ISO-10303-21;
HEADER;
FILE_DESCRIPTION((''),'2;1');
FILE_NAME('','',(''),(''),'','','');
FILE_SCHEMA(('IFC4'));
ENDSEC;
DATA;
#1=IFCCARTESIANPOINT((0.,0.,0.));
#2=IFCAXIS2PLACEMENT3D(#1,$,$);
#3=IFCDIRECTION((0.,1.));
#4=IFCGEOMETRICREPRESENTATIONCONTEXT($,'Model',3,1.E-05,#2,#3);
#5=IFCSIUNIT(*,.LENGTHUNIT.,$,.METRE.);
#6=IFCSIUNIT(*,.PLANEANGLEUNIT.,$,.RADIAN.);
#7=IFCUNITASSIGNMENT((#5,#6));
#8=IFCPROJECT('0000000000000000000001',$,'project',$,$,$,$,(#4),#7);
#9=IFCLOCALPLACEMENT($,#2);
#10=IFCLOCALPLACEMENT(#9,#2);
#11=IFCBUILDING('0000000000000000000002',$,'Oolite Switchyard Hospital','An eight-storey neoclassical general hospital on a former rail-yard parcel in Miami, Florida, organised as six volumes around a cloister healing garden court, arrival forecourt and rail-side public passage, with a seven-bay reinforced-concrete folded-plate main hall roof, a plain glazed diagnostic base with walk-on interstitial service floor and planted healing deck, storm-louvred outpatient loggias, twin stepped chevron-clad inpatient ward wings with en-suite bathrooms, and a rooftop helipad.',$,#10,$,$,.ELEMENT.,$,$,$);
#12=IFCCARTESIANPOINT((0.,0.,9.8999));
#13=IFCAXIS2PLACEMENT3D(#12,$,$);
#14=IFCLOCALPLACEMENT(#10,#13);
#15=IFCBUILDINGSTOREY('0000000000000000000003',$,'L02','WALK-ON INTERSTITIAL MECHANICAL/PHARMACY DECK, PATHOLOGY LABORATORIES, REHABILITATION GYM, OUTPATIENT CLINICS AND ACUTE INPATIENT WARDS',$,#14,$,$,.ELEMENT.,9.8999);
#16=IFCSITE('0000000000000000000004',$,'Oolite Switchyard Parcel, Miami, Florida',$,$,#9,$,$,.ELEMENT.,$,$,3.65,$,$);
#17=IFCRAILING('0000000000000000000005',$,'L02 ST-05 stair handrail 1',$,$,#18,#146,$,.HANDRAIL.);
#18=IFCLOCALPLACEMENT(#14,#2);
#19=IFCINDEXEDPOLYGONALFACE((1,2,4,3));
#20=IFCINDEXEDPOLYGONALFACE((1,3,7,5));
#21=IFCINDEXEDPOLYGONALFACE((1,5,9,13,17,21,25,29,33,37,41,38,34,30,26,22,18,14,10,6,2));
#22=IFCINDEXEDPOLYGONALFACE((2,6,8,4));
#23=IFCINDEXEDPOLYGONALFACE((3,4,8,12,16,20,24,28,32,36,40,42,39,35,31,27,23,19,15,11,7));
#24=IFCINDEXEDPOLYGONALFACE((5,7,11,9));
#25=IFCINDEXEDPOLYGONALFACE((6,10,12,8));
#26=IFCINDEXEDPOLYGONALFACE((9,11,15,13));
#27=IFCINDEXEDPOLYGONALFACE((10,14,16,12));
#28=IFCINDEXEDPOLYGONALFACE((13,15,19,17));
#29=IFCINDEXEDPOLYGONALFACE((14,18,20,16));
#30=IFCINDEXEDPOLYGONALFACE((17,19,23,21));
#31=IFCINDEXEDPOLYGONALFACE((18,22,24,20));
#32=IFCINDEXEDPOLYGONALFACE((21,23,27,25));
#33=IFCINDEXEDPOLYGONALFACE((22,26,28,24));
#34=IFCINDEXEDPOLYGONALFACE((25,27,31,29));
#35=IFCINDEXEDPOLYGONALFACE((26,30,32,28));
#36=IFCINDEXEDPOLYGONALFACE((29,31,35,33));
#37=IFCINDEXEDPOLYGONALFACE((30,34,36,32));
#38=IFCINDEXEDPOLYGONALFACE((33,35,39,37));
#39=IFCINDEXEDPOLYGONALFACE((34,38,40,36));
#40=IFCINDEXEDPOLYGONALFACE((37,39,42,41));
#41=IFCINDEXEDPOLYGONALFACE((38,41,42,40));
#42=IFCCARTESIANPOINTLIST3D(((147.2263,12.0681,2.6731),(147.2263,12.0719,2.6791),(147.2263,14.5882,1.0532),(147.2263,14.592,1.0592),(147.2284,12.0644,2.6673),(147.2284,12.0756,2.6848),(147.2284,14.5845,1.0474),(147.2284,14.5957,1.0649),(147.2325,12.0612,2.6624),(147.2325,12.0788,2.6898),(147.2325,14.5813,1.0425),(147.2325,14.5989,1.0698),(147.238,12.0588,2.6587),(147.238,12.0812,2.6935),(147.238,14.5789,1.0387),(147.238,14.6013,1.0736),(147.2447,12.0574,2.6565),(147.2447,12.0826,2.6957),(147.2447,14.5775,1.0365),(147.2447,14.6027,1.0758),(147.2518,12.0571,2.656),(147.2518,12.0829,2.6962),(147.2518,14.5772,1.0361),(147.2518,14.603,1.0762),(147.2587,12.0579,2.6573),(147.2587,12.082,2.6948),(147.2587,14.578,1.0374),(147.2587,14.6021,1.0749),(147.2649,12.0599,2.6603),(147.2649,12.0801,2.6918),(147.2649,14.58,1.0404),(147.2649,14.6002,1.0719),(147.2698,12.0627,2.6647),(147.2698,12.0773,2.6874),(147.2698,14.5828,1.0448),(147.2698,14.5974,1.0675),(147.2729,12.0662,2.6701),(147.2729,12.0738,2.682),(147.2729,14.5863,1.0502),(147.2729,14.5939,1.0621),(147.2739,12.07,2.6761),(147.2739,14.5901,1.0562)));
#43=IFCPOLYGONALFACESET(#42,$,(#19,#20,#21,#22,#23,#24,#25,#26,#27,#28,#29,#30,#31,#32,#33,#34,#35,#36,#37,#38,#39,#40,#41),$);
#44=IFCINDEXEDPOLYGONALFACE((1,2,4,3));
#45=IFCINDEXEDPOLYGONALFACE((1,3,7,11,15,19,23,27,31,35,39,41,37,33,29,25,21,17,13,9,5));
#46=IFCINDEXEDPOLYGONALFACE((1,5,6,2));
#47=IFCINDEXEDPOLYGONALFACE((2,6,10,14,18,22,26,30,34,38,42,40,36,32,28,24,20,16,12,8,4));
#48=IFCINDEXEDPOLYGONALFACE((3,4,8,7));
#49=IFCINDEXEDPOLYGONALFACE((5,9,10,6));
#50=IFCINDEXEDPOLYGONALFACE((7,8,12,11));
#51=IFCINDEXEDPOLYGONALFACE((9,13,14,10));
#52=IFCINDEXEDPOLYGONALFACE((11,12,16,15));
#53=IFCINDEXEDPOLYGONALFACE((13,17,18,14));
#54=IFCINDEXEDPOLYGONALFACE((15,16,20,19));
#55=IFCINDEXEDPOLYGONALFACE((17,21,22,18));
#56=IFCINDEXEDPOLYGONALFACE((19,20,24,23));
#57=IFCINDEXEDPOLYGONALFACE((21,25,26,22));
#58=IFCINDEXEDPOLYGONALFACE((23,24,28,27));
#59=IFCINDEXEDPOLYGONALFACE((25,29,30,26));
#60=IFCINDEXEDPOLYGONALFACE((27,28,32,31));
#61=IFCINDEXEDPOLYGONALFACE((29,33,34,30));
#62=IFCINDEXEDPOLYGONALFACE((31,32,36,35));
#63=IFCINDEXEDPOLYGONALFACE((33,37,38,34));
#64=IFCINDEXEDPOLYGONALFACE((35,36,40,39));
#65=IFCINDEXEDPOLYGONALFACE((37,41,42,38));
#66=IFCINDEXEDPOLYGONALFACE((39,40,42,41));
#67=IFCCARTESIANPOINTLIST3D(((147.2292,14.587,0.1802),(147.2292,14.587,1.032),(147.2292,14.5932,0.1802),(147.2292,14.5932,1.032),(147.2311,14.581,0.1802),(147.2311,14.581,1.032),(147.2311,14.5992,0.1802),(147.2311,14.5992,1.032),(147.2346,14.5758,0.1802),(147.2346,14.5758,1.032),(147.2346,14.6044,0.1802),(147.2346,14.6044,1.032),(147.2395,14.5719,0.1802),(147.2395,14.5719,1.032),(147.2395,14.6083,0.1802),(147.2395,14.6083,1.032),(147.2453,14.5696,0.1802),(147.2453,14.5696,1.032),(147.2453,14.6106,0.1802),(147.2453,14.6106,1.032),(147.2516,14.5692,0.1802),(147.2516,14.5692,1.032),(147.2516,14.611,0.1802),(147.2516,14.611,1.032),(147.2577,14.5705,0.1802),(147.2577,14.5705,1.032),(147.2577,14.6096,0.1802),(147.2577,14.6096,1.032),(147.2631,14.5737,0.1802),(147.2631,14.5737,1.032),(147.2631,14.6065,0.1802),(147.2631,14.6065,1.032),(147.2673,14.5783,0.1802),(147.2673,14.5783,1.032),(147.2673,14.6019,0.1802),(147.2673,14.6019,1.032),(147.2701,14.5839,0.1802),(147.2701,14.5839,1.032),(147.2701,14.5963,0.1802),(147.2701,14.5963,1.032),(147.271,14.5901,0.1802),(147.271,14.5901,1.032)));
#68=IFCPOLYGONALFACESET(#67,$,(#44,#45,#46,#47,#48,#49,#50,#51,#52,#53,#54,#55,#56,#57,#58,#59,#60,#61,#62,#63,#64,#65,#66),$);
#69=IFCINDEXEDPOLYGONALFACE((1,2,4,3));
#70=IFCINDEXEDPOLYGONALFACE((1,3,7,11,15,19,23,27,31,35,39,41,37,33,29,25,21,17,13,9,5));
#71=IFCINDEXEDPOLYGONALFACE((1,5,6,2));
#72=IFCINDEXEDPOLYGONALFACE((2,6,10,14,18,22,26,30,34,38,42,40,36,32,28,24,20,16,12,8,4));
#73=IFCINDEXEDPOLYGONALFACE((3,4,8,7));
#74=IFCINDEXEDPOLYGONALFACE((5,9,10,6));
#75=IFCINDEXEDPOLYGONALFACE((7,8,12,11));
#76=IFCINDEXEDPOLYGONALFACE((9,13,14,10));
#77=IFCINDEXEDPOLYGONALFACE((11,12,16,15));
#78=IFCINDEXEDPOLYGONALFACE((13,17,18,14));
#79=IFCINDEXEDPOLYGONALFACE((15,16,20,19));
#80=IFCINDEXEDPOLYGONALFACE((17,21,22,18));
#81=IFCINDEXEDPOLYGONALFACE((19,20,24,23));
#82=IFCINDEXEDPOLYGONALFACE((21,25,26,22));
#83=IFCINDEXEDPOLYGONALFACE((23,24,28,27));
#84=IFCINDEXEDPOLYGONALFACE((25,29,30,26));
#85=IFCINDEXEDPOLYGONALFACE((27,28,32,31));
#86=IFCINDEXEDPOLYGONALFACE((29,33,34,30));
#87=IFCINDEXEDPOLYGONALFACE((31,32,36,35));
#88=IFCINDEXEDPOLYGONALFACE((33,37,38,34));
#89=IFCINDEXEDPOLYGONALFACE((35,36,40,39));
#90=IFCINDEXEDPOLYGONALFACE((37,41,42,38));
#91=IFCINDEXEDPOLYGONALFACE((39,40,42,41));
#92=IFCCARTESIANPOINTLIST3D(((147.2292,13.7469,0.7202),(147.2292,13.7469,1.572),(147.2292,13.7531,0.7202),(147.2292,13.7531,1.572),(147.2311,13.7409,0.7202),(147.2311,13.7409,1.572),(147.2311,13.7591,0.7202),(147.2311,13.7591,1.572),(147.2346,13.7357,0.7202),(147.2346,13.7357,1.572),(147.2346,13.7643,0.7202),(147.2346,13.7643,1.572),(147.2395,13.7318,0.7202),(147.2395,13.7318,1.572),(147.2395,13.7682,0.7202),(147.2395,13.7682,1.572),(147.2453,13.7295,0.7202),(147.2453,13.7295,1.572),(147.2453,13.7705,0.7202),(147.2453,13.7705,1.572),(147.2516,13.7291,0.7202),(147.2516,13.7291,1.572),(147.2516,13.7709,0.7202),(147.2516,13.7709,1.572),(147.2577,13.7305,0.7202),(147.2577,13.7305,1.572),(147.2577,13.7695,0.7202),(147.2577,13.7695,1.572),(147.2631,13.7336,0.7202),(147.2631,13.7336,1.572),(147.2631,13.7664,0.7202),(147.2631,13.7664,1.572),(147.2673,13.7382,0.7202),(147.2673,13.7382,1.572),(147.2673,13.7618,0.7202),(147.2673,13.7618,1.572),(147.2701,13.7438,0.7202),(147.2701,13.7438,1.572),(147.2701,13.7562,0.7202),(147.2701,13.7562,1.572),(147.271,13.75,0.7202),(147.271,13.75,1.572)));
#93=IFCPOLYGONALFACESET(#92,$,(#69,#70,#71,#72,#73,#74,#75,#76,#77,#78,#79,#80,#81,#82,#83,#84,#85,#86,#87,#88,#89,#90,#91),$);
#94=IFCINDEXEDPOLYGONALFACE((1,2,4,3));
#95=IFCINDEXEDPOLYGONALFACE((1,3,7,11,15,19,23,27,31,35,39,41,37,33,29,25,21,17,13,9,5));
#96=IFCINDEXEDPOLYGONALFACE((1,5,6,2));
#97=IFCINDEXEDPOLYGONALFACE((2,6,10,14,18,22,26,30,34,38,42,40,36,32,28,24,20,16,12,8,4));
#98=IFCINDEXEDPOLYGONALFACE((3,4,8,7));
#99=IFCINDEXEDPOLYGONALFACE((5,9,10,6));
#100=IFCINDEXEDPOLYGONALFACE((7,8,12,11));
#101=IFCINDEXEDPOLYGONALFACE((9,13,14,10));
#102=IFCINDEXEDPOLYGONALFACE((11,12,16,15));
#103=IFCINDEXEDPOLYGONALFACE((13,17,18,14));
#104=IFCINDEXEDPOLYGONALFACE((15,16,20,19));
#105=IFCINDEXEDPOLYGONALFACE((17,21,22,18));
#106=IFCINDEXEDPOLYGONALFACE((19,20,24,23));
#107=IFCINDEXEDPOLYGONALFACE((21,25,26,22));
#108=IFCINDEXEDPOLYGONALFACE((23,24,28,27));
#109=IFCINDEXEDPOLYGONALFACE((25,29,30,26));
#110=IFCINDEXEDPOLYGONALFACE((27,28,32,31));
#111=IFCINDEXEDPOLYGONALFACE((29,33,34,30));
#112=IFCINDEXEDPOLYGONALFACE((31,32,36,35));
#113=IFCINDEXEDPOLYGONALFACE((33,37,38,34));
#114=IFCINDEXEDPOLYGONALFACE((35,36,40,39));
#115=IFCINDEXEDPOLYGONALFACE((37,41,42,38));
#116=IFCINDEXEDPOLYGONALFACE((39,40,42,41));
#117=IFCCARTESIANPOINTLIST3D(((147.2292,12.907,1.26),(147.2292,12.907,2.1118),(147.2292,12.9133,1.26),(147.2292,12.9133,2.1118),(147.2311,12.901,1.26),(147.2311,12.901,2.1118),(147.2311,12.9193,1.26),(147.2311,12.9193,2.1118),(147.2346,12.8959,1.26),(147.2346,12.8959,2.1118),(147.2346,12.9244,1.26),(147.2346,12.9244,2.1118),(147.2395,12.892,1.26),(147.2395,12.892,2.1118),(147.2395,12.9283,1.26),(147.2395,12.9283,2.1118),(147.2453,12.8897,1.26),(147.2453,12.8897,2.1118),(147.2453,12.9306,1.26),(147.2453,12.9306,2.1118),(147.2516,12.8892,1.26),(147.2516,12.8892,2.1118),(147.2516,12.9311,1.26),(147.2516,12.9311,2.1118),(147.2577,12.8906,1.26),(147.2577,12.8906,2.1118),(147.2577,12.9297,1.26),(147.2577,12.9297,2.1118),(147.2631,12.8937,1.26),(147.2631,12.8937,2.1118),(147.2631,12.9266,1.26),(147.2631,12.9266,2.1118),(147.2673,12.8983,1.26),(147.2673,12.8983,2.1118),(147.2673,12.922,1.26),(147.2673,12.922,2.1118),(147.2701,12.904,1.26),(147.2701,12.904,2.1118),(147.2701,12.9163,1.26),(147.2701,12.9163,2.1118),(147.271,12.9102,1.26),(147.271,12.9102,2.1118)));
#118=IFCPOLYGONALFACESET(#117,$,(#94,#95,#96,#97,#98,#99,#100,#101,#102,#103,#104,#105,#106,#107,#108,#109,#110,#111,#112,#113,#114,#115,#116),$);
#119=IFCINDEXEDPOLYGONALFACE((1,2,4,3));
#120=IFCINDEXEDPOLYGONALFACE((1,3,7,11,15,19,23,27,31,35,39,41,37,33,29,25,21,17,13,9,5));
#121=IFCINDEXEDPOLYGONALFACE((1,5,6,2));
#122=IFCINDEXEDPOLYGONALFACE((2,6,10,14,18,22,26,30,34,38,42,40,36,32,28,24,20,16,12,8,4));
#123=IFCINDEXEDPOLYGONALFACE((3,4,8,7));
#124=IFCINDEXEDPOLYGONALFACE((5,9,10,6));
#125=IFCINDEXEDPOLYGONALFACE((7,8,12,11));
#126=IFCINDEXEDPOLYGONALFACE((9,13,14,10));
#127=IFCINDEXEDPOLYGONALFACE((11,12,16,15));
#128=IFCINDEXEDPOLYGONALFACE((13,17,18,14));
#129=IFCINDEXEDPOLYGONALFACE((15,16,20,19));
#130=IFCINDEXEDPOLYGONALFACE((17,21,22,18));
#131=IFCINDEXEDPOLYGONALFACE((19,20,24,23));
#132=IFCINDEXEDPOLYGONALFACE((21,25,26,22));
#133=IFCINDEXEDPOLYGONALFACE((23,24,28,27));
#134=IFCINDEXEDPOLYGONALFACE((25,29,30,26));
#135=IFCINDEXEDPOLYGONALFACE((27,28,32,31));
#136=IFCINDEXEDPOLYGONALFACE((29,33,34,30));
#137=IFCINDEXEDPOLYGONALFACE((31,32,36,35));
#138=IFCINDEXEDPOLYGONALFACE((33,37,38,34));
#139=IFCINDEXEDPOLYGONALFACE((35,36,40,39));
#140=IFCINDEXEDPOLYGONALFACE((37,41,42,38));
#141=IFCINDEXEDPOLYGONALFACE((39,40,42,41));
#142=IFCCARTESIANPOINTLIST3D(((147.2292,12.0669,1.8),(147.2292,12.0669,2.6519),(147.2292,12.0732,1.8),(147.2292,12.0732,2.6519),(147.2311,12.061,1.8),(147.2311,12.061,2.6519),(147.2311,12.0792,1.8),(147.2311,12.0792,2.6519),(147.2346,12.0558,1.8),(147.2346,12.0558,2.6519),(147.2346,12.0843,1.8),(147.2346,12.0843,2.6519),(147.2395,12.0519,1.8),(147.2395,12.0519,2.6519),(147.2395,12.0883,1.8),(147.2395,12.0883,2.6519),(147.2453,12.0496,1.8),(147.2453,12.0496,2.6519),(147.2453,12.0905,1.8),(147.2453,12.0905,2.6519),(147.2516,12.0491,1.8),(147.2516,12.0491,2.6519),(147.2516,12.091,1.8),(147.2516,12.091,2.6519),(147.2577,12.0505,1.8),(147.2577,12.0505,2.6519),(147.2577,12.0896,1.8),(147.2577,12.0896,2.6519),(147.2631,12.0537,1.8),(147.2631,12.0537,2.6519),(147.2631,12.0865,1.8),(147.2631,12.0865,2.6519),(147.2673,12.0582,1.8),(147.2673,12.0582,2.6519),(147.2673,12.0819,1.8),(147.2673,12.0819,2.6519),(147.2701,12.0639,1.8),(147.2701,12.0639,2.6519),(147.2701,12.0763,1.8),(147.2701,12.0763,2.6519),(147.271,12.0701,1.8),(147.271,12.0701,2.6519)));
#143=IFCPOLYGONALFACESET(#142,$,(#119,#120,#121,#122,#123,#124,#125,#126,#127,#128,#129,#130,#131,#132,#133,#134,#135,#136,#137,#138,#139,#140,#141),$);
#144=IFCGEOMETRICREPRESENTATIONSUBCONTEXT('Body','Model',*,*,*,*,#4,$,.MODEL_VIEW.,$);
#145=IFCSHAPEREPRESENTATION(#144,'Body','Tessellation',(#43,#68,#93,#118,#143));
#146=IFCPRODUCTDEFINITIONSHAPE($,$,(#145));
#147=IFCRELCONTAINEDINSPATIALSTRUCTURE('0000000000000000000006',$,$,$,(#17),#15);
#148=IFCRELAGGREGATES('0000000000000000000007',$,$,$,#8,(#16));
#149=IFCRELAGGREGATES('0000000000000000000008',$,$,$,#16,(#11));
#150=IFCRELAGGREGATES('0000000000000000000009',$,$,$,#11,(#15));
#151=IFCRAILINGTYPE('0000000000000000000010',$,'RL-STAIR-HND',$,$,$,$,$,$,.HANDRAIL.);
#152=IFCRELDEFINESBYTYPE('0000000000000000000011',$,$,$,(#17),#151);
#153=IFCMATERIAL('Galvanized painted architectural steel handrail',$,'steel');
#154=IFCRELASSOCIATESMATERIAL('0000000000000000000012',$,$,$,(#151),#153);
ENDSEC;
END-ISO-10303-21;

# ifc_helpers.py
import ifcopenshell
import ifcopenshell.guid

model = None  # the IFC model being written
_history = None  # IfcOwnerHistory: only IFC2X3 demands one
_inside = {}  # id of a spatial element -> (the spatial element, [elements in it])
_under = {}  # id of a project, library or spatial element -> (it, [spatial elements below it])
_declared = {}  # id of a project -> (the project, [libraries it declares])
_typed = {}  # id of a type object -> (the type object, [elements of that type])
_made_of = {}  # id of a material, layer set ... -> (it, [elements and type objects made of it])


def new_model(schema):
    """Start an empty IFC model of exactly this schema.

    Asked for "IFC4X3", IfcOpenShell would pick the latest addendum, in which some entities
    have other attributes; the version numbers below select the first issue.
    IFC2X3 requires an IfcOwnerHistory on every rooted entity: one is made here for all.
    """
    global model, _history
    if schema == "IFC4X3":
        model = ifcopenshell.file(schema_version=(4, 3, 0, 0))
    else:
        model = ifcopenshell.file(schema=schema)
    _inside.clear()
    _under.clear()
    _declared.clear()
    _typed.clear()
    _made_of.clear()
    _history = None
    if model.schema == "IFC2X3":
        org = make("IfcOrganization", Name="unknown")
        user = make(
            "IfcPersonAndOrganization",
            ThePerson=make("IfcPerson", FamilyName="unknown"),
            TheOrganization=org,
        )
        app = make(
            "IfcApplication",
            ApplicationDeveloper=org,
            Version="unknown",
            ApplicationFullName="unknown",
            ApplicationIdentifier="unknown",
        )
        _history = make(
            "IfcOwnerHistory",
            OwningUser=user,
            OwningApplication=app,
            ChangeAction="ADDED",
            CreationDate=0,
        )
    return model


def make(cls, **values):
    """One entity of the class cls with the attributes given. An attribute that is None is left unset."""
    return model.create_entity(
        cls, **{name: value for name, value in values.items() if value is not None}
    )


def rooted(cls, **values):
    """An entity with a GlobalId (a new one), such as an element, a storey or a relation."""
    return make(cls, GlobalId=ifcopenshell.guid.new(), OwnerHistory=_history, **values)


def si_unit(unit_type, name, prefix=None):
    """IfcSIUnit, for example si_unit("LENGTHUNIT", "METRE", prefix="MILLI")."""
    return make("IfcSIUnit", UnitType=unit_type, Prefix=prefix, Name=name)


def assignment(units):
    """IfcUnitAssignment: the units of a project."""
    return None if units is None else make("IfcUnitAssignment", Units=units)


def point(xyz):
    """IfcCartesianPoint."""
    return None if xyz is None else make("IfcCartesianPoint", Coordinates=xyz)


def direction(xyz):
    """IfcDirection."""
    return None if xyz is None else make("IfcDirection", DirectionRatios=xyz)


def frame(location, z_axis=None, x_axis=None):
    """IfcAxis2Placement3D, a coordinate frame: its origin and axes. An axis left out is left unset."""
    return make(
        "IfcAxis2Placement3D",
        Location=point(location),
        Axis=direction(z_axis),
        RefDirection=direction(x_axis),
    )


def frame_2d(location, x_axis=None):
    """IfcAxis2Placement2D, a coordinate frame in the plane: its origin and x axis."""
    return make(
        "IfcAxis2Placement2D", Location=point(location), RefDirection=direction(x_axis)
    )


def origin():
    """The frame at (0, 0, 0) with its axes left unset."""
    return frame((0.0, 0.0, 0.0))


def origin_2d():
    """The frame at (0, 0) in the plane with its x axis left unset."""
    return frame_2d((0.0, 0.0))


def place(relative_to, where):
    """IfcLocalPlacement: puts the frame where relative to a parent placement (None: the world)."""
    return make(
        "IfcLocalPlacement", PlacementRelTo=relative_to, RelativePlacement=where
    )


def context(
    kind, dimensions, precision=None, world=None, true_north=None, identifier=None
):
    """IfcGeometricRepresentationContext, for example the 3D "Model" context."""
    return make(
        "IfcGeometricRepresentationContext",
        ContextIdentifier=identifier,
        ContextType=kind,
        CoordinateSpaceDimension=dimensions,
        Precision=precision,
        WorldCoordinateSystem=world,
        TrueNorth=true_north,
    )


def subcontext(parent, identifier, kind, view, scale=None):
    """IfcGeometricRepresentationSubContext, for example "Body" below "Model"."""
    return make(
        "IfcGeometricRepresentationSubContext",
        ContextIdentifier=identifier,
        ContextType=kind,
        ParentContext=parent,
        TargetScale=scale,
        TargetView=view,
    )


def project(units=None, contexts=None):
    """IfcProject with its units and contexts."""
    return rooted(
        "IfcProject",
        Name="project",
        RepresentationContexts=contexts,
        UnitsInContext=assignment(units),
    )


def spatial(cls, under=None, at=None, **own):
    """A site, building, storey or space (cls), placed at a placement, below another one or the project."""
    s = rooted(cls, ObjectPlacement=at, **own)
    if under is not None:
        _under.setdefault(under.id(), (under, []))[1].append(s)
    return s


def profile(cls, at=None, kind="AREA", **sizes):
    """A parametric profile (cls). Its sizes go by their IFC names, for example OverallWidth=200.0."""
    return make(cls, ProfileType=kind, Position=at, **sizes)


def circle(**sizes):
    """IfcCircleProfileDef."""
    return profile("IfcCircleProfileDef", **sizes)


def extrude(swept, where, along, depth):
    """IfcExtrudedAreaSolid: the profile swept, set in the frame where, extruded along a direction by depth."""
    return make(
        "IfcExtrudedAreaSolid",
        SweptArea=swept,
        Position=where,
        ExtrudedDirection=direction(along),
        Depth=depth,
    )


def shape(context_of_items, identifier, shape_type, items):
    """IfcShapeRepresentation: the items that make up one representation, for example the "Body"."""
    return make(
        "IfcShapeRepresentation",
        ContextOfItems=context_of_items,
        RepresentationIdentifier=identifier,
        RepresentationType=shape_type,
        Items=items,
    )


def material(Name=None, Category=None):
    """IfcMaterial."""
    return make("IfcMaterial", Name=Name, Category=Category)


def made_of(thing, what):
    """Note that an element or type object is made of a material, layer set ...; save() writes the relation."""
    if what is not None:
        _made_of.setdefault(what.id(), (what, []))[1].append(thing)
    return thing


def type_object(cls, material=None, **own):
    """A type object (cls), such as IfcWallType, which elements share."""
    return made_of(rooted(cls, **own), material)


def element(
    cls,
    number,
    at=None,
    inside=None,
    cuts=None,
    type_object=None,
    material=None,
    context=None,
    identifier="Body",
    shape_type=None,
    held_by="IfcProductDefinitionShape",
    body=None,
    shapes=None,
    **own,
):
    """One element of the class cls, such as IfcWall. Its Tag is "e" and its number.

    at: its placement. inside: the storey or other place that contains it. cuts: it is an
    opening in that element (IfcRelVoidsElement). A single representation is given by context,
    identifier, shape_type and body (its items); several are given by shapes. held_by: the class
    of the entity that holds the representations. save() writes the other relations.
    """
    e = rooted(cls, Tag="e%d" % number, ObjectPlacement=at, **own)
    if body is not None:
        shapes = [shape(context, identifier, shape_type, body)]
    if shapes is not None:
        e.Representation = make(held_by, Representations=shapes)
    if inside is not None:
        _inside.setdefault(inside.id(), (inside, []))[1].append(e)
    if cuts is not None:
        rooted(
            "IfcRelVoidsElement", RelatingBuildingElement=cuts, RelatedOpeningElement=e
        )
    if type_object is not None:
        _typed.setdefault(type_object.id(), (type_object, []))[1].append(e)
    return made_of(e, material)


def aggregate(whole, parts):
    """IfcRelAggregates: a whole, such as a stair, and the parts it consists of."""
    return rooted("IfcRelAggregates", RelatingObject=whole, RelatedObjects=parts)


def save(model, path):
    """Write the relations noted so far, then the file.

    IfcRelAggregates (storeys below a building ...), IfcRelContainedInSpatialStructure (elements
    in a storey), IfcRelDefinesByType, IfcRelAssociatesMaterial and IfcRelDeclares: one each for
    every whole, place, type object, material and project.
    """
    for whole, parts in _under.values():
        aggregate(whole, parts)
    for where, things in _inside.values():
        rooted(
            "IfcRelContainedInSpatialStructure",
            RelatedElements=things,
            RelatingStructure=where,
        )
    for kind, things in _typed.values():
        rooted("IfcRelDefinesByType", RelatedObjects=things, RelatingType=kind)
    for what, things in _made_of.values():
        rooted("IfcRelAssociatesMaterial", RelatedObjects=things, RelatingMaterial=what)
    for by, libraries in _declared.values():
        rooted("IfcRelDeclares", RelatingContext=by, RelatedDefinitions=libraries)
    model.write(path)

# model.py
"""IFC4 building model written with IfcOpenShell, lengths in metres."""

from ifc_helpers import new_model, si_unit, direction, frame, origin, origin_2d, place, context, subcontext, project, spatial, circle, extrude, material, type_object, element, save


model = new_model("IFC4")

# Units and contexts
model_context = context("Model", 3, precision=1e-05, world=origin(), true_north=direction((0.0, 1.0)))
body_context = subcontext(model_context, "Body", "Model", "MODEL_VIEW")
ifc_project = project(units=[si_unit("LENGTHUNIT", "METRE"), si_unit("PLANEANGLEUNIT", "RADIAN")], contexts=[model_context])

# Site, building, storey
site_placement = place(None, origin())
site = spatial("IfcSite", under=ifc_project, at=site_placement, Name="Oolite Switchyard Parcel, Miami, Florida", CompositionType="ELEMENT", RefElevation=3.65)
building_placement = place(site_placement, origin())
building = spatial("IfcBuilding", under=site, at=building_placement, Name="Oolite Switchyard Hospital", Description="An eight-storey neoclassical general hospital on a former rail-yard parcel in Miami, Florida, organised as six volumes around a cloister healing garden court, arrival forecourt and rail-side public passage, with a seven-bay reinforced-concrete folded-plate main hall roof, a plain glazed diagnostic base with walk-on interstitial service floor and planted healing deck, storm-louvred outpatient loggias, twin stepped chevron-clad inpatient ward wings with en-suite bathrooms, and a rooftop helipad.", CompositionType="ELEMENT")
storey_placement = place(building_placement, frame((0.0, 0.0, 9.8999)))
storey = spatial("IfcBuildingStorey", under=building, at=storey_placement, Name="L02", Description="WALK-ON INTERSTITIAL MECHANICAL/PHARMACY DECK, PATHOLOGY LABORATORIES, REHABILITATION GYM, OUTPATIENT CLINICS AND ACUTE INPATIENT WARDS", CompositionType="ELEMENT", Elevation=9.8999)

# Railing
ifc_material_1 = material(Name="Galvanized painted architectural steel handrail", Category="steel")
railing_type_1 = type_object("IfcRailingType", Name="RL-STAIR-HND", PredefinedType="HANDRAIL", material=ifc_material_1)
railing_1_placement = place(storey_placement, frame((147.25, 14.5901, 0.1802)))
element("IfcRailing", 1, at=railing_1_placement, inside=storey, type_object=railing_type_1, Name="L02 ST-05 stair handrail 1", PredefinedType="HANDRAIL", context=body_context, shape_type="SweptSolid", body=[
    extrude(circle(Radius=0.0239, at=origin_2d()), frame((0.0, 0.0, 0.876), z_axis=(0.0, -0.8412, 0.540725), x_axis=(1.0, 0.0, 0.0)), (0.0, 0.0, 1.0), 2.9958),
    extrude(circle(Radius=0.021, at=origin_2d()), origin(), (0.0, 0.0, 1.0), 0.8518),
    extrude(circle(Radius=0.021, at=origin_2d()), frame((0.0, -0.8401, 0.54)), (0.0, 0.0, 1.0), 0.8518),
    extrude(circle(Radius=0.021, at=origin_2d()), frame((0.0, -1.6799, 1.0798)), (0.0, 0.0, 1.0), 0.8518),
    extrude(circle(Radius=0.021, at=origin_2d()), frame((0.0, -2.52, 1.6199)), (0.0, 0.0, 1.0), 0.8518),
])

save(model, "model.ifc")
